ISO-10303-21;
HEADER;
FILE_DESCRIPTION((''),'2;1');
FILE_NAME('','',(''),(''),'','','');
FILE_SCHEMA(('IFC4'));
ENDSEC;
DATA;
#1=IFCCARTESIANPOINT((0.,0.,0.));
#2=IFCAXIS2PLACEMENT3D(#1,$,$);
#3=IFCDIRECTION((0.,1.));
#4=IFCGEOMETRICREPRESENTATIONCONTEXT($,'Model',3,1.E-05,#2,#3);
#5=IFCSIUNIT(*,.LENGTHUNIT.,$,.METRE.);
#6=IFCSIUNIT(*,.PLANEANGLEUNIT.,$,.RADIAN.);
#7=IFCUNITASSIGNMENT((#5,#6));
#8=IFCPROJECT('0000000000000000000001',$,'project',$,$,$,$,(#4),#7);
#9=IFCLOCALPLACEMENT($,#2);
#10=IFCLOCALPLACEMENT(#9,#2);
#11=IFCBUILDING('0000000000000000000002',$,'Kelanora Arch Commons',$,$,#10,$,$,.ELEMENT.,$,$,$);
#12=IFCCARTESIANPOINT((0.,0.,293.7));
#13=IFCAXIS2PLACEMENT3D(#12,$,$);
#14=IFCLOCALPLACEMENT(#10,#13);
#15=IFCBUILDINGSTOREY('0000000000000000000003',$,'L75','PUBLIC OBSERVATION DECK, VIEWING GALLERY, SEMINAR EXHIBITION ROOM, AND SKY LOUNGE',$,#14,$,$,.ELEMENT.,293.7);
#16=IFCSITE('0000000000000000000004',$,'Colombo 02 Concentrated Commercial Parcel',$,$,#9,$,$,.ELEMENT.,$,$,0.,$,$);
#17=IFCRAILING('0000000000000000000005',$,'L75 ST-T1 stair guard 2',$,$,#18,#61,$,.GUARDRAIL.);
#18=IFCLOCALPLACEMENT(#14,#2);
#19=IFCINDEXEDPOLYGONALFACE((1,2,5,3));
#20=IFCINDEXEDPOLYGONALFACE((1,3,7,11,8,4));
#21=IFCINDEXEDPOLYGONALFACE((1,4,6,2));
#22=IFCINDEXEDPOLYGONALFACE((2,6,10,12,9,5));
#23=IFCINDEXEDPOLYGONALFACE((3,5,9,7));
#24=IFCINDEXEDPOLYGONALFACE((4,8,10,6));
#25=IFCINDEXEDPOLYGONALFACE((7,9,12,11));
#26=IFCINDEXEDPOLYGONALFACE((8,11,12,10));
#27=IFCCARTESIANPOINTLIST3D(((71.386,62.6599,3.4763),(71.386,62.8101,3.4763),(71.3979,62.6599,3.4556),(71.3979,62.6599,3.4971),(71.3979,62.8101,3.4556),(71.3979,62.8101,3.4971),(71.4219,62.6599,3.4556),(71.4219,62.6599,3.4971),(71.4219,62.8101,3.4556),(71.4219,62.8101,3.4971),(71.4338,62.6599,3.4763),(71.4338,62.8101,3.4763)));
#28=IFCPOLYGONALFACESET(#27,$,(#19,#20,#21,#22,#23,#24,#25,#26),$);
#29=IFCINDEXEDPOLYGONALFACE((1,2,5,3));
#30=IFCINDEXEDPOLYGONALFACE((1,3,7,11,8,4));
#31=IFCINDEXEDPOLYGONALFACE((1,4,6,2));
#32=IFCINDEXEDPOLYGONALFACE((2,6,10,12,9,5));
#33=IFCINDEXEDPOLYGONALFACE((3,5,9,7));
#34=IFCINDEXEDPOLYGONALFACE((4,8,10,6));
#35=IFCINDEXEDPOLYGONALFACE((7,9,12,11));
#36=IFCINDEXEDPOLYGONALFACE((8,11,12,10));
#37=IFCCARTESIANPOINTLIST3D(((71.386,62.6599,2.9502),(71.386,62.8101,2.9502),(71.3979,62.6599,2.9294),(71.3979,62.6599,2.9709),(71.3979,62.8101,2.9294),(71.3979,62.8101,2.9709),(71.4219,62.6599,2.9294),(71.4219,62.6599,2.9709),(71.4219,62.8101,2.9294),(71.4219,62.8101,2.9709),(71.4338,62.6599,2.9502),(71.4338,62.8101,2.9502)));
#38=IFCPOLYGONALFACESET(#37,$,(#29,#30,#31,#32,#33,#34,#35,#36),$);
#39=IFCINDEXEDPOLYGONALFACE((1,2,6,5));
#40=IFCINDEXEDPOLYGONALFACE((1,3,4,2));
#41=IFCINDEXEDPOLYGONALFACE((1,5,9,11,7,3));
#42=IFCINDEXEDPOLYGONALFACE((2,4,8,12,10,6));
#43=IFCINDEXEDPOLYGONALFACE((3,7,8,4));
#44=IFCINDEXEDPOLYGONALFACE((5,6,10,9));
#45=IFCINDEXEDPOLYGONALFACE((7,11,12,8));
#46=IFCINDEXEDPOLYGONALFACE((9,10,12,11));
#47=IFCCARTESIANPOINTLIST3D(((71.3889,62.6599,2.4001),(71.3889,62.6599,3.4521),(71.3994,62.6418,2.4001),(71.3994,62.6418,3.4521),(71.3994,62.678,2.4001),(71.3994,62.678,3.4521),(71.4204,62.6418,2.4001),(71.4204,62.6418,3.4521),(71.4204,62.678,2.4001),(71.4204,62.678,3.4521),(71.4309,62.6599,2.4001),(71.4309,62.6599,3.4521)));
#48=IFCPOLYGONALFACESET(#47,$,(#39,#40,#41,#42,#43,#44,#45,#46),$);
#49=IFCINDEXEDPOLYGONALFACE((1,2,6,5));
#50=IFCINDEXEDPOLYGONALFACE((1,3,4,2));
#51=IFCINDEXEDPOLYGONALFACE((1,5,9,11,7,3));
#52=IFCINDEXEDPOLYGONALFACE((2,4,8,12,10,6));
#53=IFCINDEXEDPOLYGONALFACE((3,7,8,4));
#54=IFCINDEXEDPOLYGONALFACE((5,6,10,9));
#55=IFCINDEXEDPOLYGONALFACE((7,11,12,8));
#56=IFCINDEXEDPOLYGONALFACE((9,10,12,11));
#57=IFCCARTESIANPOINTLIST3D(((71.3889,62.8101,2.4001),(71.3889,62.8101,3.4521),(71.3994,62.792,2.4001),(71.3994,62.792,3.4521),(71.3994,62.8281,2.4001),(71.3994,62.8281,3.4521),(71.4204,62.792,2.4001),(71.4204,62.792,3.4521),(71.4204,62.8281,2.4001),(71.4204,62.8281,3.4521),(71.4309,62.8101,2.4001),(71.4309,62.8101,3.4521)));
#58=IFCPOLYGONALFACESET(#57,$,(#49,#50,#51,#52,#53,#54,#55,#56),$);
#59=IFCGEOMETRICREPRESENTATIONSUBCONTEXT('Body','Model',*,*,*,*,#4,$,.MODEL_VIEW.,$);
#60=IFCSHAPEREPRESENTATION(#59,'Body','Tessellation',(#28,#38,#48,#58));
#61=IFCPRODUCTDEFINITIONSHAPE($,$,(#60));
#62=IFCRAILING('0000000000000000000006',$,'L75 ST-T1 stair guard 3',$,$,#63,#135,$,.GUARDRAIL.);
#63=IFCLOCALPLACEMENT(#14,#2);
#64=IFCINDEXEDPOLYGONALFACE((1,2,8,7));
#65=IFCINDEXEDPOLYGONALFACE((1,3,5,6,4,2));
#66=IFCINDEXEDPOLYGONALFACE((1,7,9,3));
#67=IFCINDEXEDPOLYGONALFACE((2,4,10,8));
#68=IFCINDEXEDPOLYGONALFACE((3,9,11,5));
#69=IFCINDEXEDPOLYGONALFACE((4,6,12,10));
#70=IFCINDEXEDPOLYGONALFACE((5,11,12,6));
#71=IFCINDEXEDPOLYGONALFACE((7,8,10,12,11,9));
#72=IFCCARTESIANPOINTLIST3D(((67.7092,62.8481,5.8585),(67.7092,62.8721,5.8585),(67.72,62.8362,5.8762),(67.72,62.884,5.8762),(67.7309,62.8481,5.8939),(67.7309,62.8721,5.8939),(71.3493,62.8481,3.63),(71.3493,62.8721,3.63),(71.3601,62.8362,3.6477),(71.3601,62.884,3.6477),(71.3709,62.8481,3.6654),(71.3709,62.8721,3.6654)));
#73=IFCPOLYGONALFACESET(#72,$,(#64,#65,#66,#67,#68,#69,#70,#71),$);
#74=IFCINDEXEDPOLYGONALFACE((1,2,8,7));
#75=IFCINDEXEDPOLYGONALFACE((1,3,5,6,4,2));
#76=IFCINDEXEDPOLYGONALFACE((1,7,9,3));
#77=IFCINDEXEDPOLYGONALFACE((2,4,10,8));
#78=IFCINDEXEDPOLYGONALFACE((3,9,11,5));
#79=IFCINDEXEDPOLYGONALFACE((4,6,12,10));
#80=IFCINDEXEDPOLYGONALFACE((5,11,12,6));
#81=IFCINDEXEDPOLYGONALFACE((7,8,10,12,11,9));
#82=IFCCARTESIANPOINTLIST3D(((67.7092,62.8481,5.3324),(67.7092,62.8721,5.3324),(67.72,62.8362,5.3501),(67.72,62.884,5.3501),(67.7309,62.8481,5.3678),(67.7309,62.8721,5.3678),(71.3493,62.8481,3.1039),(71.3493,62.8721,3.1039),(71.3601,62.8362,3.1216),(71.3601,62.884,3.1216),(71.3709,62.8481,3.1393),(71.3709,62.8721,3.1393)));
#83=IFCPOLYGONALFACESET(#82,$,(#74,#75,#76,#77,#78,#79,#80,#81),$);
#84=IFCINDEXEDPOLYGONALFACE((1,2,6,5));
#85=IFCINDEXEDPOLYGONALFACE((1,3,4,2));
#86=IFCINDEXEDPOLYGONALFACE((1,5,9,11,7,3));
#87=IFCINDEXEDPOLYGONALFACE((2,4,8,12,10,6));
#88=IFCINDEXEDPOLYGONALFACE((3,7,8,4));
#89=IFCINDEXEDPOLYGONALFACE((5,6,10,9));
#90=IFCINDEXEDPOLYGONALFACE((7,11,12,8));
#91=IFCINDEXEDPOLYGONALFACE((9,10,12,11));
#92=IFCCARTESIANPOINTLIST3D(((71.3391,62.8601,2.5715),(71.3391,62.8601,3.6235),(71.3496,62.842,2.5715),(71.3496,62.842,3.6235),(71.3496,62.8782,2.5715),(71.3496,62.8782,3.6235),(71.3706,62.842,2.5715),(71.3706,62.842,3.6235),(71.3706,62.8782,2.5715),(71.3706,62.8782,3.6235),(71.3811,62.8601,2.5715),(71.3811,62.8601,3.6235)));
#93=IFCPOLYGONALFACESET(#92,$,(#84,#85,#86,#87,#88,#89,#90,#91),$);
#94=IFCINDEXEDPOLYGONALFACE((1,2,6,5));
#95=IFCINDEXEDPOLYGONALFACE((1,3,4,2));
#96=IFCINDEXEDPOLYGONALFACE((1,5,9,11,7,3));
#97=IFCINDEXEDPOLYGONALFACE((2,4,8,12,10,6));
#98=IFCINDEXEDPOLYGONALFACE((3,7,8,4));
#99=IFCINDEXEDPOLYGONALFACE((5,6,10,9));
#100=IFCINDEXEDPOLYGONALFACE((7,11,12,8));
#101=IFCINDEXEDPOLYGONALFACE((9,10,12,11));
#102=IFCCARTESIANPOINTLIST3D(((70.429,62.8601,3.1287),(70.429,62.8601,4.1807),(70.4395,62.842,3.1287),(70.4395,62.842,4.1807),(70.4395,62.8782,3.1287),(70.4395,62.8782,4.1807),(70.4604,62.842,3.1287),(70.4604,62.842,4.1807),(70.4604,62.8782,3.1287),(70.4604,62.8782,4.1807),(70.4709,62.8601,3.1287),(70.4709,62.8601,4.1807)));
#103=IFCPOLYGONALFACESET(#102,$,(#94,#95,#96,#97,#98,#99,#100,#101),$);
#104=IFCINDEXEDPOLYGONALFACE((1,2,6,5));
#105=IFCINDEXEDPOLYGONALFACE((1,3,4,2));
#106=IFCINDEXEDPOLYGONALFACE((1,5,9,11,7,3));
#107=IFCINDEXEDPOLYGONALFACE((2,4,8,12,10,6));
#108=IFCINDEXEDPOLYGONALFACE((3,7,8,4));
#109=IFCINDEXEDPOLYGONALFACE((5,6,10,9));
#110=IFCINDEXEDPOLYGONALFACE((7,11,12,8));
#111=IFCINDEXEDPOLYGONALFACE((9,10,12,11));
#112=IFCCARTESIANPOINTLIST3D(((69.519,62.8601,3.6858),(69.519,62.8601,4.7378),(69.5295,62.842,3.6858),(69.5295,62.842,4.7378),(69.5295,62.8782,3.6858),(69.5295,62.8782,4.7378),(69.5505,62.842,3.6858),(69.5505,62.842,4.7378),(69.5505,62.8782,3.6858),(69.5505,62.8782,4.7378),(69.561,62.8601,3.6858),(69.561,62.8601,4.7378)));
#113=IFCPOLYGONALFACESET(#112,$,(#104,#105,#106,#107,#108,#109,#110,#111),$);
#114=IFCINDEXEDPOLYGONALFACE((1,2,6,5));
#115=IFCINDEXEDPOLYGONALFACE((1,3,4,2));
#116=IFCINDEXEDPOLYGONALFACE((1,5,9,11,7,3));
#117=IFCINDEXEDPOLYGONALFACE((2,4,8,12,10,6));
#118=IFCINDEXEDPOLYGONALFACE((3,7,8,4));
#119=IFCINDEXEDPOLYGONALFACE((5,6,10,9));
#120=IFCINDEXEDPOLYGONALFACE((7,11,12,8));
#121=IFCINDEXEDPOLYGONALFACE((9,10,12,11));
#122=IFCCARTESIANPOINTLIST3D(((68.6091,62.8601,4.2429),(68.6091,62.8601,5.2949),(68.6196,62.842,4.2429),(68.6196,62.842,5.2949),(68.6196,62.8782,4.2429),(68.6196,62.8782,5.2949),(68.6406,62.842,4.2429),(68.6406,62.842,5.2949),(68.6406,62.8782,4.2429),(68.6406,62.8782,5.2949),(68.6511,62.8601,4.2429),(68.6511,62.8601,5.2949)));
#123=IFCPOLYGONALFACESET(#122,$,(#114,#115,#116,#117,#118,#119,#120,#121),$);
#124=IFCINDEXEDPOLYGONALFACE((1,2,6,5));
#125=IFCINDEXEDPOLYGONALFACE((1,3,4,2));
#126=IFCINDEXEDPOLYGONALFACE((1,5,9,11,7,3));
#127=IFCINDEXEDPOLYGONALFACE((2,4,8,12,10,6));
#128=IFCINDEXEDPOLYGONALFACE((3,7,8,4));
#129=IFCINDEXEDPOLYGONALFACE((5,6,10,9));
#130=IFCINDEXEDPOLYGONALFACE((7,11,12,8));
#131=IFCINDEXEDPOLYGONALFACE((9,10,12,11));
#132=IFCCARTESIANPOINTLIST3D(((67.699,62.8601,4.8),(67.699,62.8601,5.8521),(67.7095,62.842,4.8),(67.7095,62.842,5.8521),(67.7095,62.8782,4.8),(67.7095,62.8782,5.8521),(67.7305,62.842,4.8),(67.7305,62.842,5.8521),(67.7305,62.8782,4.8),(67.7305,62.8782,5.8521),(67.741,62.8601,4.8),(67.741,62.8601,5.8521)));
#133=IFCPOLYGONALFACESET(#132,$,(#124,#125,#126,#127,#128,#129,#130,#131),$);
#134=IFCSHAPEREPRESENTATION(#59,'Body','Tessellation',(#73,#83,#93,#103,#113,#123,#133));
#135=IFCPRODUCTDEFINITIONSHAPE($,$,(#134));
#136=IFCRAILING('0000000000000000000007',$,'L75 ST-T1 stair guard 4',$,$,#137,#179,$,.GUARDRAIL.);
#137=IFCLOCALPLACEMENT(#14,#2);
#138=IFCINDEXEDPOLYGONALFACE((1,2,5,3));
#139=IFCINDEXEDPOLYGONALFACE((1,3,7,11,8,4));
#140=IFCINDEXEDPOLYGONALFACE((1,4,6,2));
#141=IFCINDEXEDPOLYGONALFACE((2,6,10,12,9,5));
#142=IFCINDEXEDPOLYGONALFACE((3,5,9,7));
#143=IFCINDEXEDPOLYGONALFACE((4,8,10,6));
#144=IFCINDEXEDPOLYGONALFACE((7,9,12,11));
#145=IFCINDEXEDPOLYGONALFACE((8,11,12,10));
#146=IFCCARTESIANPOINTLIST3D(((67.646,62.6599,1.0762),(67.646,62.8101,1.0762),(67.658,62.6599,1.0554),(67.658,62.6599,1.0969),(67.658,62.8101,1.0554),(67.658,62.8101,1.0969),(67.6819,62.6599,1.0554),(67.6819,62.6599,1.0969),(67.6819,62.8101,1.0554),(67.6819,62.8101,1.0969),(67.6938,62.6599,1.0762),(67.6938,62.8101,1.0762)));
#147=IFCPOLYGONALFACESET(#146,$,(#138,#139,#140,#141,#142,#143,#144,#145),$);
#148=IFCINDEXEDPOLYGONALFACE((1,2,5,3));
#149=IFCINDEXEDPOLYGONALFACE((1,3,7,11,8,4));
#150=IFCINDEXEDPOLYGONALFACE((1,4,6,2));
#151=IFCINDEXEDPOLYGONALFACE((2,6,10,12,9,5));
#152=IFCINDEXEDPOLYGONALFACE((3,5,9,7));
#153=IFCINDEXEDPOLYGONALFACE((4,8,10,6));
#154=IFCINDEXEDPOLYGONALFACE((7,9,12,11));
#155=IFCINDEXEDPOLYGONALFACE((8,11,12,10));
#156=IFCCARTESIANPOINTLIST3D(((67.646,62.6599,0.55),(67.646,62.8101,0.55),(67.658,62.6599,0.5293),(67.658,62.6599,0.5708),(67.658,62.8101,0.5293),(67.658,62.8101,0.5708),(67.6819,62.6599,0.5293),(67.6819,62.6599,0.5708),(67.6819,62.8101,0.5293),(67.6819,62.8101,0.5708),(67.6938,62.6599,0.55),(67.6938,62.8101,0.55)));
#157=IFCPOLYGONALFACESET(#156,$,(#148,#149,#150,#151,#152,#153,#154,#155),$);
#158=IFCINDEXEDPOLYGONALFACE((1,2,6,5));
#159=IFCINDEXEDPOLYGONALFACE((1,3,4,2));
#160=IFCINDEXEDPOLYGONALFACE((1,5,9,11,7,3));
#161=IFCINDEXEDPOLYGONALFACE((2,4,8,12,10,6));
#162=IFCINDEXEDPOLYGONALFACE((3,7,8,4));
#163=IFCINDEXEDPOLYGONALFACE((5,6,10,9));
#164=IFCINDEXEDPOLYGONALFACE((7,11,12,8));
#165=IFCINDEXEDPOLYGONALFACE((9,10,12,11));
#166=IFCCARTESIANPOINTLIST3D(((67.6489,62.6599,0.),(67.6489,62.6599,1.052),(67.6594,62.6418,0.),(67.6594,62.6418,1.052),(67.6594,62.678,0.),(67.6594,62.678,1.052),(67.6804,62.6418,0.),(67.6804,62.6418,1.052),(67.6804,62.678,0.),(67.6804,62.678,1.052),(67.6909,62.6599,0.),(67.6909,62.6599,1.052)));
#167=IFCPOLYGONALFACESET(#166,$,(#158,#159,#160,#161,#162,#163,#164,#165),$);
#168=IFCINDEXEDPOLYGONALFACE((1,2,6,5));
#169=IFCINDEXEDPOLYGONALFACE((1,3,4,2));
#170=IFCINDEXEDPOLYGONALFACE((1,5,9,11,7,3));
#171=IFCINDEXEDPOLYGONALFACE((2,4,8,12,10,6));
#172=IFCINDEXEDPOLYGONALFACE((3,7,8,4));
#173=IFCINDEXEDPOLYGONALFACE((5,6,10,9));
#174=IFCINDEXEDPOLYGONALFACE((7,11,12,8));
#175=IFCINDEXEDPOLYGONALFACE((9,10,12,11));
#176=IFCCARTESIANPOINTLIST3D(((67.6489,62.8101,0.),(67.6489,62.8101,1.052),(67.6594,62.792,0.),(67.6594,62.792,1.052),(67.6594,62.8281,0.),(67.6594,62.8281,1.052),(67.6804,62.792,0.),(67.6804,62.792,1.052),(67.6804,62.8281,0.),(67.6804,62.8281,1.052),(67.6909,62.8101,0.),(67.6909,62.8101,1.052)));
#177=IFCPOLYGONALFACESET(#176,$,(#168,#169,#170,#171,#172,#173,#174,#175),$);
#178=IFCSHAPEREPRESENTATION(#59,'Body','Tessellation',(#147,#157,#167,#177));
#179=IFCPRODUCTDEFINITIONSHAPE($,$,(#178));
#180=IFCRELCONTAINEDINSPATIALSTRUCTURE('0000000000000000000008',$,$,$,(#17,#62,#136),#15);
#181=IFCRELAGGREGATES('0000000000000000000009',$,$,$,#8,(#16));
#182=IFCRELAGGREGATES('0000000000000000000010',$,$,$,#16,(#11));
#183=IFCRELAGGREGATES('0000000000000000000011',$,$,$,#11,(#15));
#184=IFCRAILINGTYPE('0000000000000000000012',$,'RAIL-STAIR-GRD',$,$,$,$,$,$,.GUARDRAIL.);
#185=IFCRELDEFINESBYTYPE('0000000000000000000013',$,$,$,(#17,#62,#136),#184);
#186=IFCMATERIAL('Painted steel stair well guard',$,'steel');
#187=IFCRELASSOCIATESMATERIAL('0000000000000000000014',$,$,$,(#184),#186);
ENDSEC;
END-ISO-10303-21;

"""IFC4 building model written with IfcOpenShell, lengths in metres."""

from ifc_helpers import new_model, si_unit, direction, frame, origin, place, context, subcontext, project, spatial, polyline, outline, extrude, material, type_object, element, save


model = new_model("IFC4")

# Units and contexts
model_context = context("Model", 3, precision=1e-05, world=origin(), true_north=direction((0.0, 1.0)))
body_context = subcontext(model_context, "Body", "Model", "MODEL_VIEW")
ifc_project = project(units=[si_unit("LENGTHUNIT", "METRE"), si_unit("PLANEANGLEUNIT", "RADIAN")], contexts=[model_context])

# Site, building, storey
site_placement = place(None, origin())
site = spatial("IfcSite", under=ifc_project, at=site_placement, Name="Colombo 02 Concentrated Commercial Parcel", CompositionType="ELEMENT", RefElevation=0.0)
building_placement = place(site_placement, origin())
building = spatial("IfcBuilding", under=site, at=building_placement, Name="Kelanora Arch Commons", CompositionType="ELEMENT")
storey_placement = place(building_placement, frame((0.0, 0.0, 293.7)))
storey = spatial("IfcBuildingStorey", under=building, at=storey_placement, Name="L75", Description="PUBLIC OBSERVATION DECK, VIEWING GALLERY, SEMINAR EXHIBITION ROOM, AND SKY LOUNGE", CompositionType="ELEMENT", Elevation=293.7)

# Railings
ifc_material_1 = material(Name="Painted steel stair well guard", Category="steel")
railing_type_1 = type_object("IfcRailingType", Name="RAIL-STAIR-GRD", PredefinedType="GUARDRAIL", material=ifc_material_1)
railing_1_placement = place(storey_placement, frame((71.4099, 62.6599, 2.4001)))
element("IfcRailing", 1, at=railing_1_placement, inside=storey, type_object=railing_type_1, Name="L75 ST-T1 stair guard 2", PredefinedType="GUARDRAIL", context=body_context, shape_type="SweptSolid", body=[
    extrude(outline(polyline([(0.0239, 0.0), (0.012, 0.0208), (-0.012, 0.0208), (-0.0239, 0.0), (-0.012, -0.0208), (0.012, -0.0208), (0.0239, 0.0)])), frame((0.0, 0.0, 1.0762), z_axis=(0.0, 1.0, 0.0), x_axis=(-1.0, 0.0, 0.0)), (0.0, 0.0, 1.0), 0.1501),
    extrude(outline(polyline([(0.0239, 0.0), (0.012, 0.0208), (-0.012, 0.0208), (-0.0239, 0.0), (-0.012, -0.0208), (0.012, -0.0208), (0.0239, 0.0)])), frame((0.0, 0.0, 0.55), z_axis=(0.0, 1.0, 0.0), x_axis=(-1.0, 0.0, 0.0)), (0.0, 0.0, 1.0), 0.1501),
    extrude(outline(polyline([(0.021, 0.0), (0.0105, 0.0181), (-0.0105, 0.0181), (-0.021, 0.0), (-0.0105, -0.0181), (0.0105, -0.0181), (0.021, 0.0)])), origin(), (0.0, 0.0, 1.0), 1.052),
    extrude(outline(polyline([(0.021, 0.0), (0.0105, 0.0181), (-0.0105, 0.0181), (-0.021, 0.0), (-0.0105, -0.0181), (0.0105, -0.0181), (0.021, 0.0)])), frame((0.0, 0.1501, 0.0)), (0.0, 0.0, 1.0), 1.052),
])
railing_2_placement = place(storey_placement, frame((71.3601, 62.8601, 2.5715)))
element("IfcRailing", 2, at=railing_2_placement, inside=storey, type_object=railing_type_1, Name="L75 ST-T1 stair guard 3", PredefinedType="GUARDRAIL", context=body_context, shape_type="SweptSolid", body=[
    extrude(outline(polyline([(0.0239, 0.0), (0.012, 0.0208), (-0.012, 0.0208), (-0.0239, 0.0), (-0.012, -0.0208), (0.012, -0.0208), (0.0239, 0.0)])), frame((0.0, 0.0, 1.0762), z_axis=(-0.852866, 0.0, 0.52213), x_axis=(0.0, -1.0, 0.0)), (0.0, 0.0, 1.0), 4.2681),
    extrude(outline(polyline([(0.0239, 0.0), (0.012, 0.0208), (-0.012, 0.0208), (-0.0239, 0.0), (-0.012, -0.0208), (0.012, -0.0208), (0.0239, 0.0)])), frame((0.0, 0.0, 0.55), z_axis=(-0.852866, 0.0, 0.52213), x_axis=(0.0, -1.0, 0.0)), (0.0, 0.0, 1.0), 4.2681),
    extrude(outline(polyline([(0.021, 0.0), (0.0105, 0.0181), (-0.0105, 0.0181), (-0.021, 0.0), (-0.0105, -0.0181), (0.0105, -0.0181), (0.021, 0.0)])), origin(), (0.0, 0.0, 1.0), 1.052),
    extrude(outline(polyline([(0.021, 0.0), (0.0105, 0.0181), (-0.0105, 0.0181), (-0.021, 0.0), (-0.0105, -0.0181), (0.0105, -0.0181), (0.021, 0.0)])), frame((-0.9102, 0.0, 0.5571)), (0.0, 0.0, 1.0), 1.052),
    extrude(outline(polyline([(0.021, 0.0), (0.0105, 0.0181), (-0.0105, 0.0181), (-0.021, 0.0), (-0.0105, -0.0181), (0.0105, -0.0181), (0.021, 0.0)])), frame((-1.8201, 0.0, 1.1143)), (0.0, 0.0, 1.0), 1.052),
    extrude(outline(polyline([(0.021, 0.0), (0.0105, 0.0181), (-0.0105, 0.0181), (-0.021, 0.0), (-0.0105, -0.0181), (0.0105, -0.0181), (0.021, 0.0)])), frame((-2.73, 0.0, 1.6714)), (0.0, 0.0, 1.0), 1.052),
    extrude(outline(polyline([(0.021, 0.0), (0.0105, 0.0181), (-0.0105, 0.0181), (-0.021, 0.0), (-0.0105, -0.0181), (0.0105, -0.0181), (0.021, 0.0)])), frame((-3.6401, 0.0, 2.2285)), (0.0, 0.0, 1.0), 1.052),
])
railing_3_placement = place(storey_placement, frame((67.6699, 62.6599, 0.0)))
element("IfcRailing", 3, at=railing_3_placement, inside=storey, type_object=railing_type_1, Name="L75 ST-T1 stair guard 4", PredefinedType="GUARDRAIL", context=body_context, shape_type="SweptSolid", body=[
    extrude(outline(polyline([(0.0239, 0.0), (0.012, 0.0208), (-0.012, 0.0208), (-0.0239, 0.0), (-0.012, -0.0208), (0.012, -0.0208), (0.0239, 0.0)])), frame((0.0, 0.0, 1.0762), z_axis=(0.0, 1.0, 0.0), x_axis=(-1.0, 0.0, 0.0)), (0.0, 0.0, 1.0), 0.1501),
    extrude(outline(polyline([(0.0239, 0.0), (0.012, 0.0208), (-0.012, 0.0208), (-0.0239, 0.0), (-0.012, -0.0208), (0.012, -0.0208), (0.0239, 0.0)])), frame((0.0, 0.0, 0.55), z_axis=(0.0, 1.0, 0.0), x_axis=(-1.0, 0.0, 0.0)), (0.0, 0.0, 1.0), 0.1501),
    extrude(outline(polyline([(0.021, 0.0), (0.0105, 0.0181), (-0.0105, 0.0181), (-0.021, 0.0), (-0.0105, -0.0181), (0.0105, -0.0181), (0.021, 0.0)])), origin(), (0.0, 0.0, 1.0), 1.052),
    extrude(outline(polyline([(0.021, 0.0), (0.0105, 0.0181), (-0.0105, 0.0181), (-0.021, 0.0), (-0.0105, -0.0181), (0.0105, -0.0181), (0.021, 0.0)])), frame((0.0, 0.1501, 0.0)), (0.0, 0.0, 1.0), 1.052),
])

save(model, "model.ifc")
